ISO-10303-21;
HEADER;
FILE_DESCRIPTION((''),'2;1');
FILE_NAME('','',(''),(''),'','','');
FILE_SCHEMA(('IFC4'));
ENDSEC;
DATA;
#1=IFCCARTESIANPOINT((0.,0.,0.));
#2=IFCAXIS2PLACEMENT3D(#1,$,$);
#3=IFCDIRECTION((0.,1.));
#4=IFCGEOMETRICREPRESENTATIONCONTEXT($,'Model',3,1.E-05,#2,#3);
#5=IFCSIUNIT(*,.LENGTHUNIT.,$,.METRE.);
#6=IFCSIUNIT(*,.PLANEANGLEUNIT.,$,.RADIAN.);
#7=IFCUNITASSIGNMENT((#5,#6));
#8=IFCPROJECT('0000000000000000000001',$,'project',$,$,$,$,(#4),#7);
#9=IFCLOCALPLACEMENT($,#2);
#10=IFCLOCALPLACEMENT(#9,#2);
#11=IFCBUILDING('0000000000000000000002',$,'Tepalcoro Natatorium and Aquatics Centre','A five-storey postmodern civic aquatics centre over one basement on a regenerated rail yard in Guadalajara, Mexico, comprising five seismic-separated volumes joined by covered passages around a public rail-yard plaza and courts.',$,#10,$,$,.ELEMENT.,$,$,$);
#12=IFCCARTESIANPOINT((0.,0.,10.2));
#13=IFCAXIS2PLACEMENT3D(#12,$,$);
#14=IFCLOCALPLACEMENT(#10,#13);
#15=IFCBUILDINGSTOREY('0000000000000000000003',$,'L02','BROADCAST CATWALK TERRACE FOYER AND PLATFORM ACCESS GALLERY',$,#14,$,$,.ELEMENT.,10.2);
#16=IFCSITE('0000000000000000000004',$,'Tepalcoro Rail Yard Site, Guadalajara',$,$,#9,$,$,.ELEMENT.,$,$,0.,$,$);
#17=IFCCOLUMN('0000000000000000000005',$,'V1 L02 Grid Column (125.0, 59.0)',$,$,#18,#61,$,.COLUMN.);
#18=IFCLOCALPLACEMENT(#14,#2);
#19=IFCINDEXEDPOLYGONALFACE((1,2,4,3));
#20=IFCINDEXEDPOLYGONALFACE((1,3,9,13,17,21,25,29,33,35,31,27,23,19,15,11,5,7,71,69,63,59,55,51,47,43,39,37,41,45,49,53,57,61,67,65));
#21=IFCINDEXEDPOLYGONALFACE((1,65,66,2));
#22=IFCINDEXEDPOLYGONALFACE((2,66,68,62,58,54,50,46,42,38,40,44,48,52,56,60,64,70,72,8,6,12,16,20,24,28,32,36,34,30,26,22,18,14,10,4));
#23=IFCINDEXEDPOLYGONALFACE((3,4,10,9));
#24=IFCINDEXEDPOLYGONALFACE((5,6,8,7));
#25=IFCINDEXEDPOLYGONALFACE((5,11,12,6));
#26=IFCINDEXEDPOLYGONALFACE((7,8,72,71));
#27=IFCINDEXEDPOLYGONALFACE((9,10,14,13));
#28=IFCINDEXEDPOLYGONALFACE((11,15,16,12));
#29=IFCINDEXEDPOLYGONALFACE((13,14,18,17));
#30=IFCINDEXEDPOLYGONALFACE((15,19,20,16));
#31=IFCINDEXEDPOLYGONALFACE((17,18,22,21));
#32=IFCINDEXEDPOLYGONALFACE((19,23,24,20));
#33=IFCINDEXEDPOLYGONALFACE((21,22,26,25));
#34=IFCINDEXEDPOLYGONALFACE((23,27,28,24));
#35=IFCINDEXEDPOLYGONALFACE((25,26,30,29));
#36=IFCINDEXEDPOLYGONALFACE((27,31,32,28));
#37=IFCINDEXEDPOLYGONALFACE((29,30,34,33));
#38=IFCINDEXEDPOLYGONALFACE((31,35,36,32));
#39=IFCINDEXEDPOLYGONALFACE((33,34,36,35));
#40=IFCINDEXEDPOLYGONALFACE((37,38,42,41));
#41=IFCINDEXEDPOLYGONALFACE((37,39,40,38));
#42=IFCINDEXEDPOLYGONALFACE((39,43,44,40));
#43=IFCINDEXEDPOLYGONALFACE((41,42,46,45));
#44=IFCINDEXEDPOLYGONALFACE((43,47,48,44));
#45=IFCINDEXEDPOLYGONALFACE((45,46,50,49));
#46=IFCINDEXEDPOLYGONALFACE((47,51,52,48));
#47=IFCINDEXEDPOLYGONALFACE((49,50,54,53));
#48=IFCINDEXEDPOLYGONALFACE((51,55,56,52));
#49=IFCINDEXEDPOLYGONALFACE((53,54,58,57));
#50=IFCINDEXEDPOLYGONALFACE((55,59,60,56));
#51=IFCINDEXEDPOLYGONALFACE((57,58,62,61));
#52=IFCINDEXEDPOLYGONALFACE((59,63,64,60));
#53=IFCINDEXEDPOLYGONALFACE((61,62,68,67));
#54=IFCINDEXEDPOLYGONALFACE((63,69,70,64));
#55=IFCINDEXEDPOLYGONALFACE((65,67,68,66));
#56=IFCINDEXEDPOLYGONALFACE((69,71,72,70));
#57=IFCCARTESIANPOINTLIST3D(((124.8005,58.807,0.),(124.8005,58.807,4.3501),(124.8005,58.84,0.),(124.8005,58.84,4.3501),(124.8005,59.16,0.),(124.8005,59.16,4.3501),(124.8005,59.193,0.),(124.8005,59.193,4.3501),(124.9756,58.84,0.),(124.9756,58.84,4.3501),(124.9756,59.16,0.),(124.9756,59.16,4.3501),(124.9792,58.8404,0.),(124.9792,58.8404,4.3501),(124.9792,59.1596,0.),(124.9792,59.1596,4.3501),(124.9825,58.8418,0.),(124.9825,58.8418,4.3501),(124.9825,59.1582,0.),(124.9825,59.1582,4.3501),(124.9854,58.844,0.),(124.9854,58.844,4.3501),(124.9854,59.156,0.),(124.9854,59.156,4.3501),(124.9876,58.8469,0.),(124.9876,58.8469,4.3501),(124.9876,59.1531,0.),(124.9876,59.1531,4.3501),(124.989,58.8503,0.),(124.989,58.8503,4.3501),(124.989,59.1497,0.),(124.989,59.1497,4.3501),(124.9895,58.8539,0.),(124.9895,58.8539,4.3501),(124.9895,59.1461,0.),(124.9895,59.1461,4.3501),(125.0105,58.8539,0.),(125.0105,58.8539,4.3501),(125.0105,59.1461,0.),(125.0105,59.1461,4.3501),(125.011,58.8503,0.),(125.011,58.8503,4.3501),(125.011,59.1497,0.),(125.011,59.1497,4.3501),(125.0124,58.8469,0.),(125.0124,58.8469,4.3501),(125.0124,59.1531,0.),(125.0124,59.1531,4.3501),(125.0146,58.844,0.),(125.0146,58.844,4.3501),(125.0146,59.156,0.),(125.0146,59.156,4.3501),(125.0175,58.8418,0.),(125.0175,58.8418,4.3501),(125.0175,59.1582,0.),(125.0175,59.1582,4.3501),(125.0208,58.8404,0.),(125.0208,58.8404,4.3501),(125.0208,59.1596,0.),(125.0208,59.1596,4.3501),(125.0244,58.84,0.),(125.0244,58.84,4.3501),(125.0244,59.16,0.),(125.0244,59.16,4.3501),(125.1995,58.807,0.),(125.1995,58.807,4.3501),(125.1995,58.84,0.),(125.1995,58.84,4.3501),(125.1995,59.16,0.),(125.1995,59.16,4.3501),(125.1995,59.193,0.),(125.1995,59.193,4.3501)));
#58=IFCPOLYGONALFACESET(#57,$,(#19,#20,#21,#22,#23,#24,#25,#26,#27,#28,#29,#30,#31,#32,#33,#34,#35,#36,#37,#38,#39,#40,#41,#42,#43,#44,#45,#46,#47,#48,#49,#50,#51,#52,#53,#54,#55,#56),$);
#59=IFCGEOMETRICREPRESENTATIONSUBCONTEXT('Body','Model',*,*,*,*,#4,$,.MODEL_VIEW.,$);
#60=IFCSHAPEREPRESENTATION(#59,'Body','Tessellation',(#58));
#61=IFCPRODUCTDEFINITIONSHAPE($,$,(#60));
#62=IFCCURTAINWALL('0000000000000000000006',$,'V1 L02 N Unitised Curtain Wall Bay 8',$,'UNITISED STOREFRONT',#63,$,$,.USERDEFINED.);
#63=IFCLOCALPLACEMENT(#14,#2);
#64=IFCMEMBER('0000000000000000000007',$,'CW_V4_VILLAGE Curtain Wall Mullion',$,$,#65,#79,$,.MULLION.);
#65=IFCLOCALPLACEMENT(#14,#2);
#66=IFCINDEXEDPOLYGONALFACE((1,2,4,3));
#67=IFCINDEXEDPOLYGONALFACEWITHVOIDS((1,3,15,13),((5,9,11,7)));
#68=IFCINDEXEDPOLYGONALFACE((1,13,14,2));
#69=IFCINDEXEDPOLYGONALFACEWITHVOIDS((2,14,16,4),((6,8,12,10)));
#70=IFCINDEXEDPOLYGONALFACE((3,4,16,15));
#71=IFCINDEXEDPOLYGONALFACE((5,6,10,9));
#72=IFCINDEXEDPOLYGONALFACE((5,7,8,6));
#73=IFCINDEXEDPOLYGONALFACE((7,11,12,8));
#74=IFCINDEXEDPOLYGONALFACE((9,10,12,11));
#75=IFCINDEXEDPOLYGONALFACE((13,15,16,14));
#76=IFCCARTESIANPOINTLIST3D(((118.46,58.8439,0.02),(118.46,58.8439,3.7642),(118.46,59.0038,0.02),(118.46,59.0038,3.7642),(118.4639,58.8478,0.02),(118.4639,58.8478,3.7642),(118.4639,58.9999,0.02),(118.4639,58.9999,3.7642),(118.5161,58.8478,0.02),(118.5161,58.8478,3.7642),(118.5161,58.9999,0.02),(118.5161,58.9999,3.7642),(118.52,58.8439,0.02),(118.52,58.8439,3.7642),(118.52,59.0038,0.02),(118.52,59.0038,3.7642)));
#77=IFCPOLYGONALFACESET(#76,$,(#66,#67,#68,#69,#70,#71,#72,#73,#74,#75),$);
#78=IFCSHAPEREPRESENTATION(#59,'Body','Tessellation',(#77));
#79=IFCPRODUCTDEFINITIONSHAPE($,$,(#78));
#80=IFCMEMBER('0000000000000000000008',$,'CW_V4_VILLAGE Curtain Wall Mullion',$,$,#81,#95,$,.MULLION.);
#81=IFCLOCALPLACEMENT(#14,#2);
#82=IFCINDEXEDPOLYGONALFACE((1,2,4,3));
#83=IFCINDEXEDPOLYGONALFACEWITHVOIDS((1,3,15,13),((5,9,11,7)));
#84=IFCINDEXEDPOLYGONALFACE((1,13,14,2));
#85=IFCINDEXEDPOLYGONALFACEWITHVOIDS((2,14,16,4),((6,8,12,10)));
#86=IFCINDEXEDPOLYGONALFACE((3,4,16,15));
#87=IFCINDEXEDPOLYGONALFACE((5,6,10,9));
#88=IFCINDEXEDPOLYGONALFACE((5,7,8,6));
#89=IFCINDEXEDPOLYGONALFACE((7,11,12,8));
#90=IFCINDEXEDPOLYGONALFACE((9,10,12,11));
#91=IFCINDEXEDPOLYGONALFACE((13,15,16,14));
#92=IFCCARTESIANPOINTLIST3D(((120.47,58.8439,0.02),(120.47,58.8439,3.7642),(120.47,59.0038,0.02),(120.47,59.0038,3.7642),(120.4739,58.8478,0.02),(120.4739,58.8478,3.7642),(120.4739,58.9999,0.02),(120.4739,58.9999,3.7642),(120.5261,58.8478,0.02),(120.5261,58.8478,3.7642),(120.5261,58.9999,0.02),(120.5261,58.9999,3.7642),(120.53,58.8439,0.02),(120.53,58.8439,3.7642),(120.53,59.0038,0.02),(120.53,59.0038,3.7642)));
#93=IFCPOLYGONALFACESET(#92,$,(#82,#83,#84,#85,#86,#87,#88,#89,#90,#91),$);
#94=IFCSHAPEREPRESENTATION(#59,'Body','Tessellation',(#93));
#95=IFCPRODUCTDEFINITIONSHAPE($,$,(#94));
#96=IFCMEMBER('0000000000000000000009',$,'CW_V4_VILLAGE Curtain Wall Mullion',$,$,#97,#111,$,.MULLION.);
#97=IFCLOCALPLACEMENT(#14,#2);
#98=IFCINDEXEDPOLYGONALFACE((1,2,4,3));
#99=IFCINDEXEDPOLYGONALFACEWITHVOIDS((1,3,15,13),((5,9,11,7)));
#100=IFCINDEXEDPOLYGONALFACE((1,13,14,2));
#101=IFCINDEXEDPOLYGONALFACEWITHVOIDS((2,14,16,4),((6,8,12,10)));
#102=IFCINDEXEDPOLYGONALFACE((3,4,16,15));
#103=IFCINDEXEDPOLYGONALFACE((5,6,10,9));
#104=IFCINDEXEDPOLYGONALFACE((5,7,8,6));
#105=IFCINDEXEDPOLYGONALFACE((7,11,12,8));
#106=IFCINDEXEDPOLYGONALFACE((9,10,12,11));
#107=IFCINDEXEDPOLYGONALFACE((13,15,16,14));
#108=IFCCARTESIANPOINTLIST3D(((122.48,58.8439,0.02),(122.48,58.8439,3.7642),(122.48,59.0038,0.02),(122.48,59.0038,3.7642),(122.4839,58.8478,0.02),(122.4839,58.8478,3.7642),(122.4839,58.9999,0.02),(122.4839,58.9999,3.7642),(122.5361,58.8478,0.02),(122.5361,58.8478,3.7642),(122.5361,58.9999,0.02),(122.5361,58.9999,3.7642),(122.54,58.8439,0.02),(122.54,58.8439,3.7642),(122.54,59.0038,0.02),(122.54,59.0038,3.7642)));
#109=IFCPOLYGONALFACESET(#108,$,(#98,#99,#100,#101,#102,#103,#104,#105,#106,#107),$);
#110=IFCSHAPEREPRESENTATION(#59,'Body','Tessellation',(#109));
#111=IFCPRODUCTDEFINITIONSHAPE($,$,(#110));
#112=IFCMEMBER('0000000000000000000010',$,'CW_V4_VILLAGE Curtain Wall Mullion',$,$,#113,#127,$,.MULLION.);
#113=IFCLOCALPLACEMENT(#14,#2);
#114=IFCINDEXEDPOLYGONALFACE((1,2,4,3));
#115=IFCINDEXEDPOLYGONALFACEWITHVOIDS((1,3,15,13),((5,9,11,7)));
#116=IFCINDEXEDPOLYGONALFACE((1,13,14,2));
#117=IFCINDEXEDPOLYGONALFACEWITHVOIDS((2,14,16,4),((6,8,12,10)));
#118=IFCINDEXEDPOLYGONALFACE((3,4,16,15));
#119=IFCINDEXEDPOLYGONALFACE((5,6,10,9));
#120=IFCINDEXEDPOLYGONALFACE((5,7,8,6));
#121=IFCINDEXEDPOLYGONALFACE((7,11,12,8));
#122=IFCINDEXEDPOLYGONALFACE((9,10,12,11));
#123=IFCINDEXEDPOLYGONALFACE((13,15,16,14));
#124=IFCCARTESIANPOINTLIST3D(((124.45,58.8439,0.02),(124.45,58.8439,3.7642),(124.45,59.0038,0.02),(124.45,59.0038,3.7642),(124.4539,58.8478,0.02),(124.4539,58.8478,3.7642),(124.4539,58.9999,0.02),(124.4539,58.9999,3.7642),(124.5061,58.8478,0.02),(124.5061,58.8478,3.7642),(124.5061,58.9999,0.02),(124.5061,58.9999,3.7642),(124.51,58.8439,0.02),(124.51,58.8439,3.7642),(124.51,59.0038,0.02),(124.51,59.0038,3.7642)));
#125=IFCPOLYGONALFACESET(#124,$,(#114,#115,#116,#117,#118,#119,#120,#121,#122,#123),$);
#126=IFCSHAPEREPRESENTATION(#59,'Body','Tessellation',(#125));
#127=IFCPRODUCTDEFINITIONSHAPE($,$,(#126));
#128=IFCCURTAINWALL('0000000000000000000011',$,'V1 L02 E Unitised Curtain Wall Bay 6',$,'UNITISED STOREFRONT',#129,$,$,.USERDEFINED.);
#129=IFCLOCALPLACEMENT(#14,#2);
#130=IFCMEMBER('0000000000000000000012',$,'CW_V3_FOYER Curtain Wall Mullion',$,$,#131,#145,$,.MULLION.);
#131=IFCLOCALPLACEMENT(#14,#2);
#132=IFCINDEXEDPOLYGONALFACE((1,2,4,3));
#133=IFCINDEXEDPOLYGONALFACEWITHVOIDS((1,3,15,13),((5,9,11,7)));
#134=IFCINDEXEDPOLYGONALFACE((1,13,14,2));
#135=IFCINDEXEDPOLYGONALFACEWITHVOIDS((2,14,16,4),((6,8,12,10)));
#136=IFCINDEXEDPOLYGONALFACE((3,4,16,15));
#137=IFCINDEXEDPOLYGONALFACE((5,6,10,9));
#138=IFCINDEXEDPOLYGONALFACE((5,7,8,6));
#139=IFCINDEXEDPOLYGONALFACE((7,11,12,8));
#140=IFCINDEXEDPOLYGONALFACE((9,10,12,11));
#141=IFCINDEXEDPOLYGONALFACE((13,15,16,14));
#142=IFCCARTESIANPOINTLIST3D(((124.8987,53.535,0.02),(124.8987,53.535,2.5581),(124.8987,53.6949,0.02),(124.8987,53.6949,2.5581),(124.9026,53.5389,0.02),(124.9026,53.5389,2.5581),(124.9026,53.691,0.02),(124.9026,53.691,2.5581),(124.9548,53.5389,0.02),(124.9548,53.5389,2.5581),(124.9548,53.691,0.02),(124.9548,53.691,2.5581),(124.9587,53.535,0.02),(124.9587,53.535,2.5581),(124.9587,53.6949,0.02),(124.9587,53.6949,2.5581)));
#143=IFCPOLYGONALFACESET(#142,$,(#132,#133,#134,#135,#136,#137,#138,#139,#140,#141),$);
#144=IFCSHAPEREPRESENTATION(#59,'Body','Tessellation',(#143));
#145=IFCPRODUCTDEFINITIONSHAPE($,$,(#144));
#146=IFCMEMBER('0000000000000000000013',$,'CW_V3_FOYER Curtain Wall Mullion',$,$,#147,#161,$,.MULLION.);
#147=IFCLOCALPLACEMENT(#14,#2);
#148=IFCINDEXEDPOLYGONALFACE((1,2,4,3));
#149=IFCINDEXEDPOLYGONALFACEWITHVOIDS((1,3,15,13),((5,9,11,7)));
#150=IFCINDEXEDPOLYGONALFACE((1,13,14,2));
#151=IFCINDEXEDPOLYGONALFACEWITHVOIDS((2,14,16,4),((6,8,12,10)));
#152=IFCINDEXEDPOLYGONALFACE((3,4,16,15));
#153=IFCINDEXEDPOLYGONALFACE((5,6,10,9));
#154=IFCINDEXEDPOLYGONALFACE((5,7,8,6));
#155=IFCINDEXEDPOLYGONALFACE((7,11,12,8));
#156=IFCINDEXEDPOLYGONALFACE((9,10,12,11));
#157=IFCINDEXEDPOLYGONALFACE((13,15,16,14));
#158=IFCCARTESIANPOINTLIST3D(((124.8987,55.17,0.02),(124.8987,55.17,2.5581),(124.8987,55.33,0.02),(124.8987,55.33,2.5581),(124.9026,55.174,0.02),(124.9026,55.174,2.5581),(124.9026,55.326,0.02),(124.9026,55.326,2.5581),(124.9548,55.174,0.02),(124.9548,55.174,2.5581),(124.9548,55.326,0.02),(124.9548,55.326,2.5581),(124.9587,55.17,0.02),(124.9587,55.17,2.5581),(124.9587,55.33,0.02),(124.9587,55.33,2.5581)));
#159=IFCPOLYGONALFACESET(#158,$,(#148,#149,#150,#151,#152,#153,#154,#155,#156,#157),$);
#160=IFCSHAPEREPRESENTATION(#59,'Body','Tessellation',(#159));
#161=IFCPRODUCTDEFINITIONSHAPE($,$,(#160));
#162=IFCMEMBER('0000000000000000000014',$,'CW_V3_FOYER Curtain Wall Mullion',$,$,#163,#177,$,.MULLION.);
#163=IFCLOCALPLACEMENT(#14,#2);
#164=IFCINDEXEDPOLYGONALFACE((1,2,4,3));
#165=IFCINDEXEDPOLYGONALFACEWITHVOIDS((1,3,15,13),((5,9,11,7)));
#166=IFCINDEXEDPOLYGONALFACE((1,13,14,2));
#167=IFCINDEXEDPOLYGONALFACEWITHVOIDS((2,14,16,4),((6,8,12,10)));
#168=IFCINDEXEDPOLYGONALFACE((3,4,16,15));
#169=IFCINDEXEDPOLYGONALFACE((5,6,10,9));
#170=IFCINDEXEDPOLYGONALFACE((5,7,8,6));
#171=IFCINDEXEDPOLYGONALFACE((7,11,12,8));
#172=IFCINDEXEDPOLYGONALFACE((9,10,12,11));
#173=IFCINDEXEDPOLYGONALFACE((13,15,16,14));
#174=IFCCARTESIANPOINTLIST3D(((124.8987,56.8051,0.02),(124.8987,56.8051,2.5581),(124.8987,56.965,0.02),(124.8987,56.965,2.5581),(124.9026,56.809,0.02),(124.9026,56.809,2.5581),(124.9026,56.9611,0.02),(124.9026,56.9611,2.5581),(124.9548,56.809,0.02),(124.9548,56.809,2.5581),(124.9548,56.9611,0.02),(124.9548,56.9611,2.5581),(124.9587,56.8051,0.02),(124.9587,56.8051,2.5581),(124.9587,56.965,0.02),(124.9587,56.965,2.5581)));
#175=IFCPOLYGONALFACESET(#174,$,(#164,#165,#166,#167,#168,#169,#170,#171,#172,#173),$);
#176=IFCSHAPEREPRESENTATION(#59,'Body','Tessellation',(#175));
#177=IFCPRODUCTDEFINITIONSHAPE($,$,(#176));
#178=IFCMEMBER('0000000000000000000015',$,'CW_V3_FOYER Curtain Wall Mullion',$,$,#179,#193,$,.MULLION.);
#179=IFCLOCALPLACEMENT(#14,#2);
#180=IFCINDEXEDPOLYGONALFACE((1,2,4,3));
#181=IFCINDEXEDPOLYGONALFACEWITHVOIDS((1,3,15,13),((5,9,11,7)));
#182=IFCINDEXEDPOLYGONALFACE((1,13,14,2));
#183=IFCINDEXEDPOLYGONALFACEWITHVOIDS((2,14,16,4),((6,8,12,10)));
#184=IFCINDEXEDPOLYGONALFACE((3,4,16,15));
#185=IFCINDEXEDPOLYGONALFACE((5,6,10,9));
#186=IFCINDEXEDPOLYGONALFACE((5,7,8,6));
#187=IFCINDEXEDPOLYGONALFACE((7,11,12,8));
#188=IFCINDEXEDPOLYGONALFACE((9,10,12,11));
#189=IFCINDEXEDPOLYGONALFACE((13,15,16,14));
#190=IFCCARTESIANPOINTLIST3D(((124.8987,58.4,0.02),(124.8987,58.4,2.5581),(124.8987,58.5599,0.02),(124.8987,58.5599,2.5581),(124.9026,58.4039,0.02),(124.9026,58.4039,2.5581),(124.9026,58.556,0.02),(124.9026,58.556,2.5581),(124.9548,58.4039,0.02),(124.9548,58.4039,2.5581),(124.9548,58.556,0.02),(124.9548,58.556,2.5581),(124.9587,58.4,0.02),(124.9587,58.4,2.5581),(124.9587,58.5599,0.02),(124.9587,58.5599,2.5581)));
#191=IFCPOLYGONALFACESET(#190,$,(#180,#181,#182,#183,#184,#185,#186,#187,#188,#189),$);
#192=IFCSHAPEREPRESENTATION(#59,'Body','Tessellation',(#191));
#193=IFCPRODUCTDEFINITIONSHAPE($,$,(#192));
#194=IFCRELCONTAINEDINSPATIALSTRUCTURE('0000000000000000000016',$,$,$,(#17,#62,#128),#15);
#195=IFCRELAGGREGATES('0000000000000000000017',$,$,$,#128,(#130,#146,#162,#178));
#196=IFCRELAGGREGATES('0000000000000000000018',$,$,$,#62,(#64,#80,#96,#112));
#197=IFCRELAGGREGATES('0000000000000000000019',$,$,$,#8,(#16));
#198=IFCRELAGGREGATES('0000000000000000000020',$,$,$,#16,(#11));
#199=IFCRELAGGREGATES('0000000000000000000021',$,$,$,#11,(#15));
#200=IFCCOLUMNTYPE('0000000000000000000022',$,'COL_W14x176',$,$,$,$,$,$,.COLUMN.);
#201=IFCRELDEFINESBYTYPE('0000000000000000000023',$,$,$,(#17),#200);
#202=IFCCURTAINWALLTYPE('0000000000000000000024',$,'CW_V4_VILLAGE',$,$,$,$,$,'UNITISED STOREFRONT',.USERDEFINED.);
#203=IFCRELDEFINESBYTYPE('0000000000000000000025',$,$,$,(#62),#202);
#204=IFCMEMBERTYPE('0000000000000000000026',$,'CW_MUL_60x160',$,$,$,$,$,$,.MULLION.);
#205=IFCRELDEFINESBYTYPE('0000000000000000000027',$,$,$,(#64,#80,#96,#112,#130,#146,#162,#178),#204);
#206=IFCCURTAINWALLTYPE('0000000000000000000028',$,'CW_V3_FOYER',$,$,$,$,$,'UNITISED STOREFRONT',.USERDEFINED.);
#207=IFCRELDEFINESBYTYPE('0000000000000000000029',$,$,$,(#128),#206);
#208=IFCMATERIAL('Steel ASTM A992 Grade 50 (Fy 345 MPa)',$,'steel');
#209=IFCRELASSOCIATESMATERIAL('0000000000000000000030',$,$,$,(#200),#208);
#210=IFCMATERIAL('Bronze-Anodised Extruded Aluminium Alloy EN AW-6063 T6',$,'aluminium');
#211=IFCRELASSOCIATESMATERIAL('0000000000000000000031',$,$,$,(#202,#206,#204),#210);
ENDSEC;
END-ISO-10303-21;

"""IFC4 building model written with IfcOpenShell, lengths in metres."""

from ifc_helpers import new_model, si_unit, direction, frame, origin, origin_2d, place, context, subcontext, project, spatial, hollow_rectangle, i_section, extrude, material, material_profile, profile_set, type_object, element, aggregate, save


model = new_model("IFC4")

# Units and contexts
model_context = context("Model", 3, precision=1e-05, world=origin(), true_north=direction((0.0, 1.0)))
body_context = subcontext(model_context, "Body", "Model", "MODEL_VIEW")
ifc_project = project(units=[si_unit("LENGTHUNIT", "METRE"), si_unit("PLANEANGLEUNIT", "RADIAN")], contexts=[model_context])

# Site, building, storey
site_placement = place(None, origin())
site = spatial("IfcSite", under=ifc_project, at=site_placement, Name="Tepalcoro Rail Yard Site, Guadalajara", CompositionType="ELEMENT", RefElevation=0.0)
building_placement = place(site_placement, origin())
building = spatial("IfcBuilding", under=site, at=building_placement, Name="Tepalcoro Natatorium and Aquatics Centre", Description="A five-storey postmodern civic aquatics centre over one basement on a regenerated rail yard in Guadalajara, Mexico, comprising five seismic-separated volumes joined by covered passages around a public rail-yard plaza and courts.", CompositionType="ELEMENT")
storey_placement = place(building_placement, frame((0.0, 0.0, 10.2)))
storey = spatial("IfcBuildingStorey", under=building, at=storey_placement, Name="L02", Description="BROADCAST CATWALK TERRACE FOYER AND PLATFORM ACCESS GALLERY", CompositionType="ELEMENT", Elevation=10.2)

# Column
ifc_material_1 = material(Name="Steel ASTM A992 Grade 50 (Fy 345 MPa)", Category="steel")
ifc_material_profile_1 = material_profile(ifc_material_1, i_section(OverallWidth=0.3989, OverallDepth=0.386, WebThickness=0.021, FlangeThickness=0.033, FilletRadius=0.0139, at=origin_2d()), Name="W14X176")
ifc_profile_set_1 = profile_set([ifc_material_profile_1], Name="Steel ASTM A992 Grade 50 (Fy 345 MPa)")
column_type = type_object("IfcColumnType", Name="COL_W14x176", PredefinedType="COLUMN", material=ifc_profile_set_1)
column_placement = place(storey_placement, frame((125.0, 59.0, 0.0), z_axis=(0.0, 0.0, 1.0), x_axis=(1.0, 0.0, 0.0)))
element("IfcColumn", 1, at=column_placement, inside=storey, type_object=column_type, Name="V1 L02 Grid Column (125.0, 59.0)", PredefinedType="COLUMN", context=body_context, shape_type="SweptSolid", body=[
    extrude(i_section(OverallWidth=0.3989, OverallDepth=0.386, WebThickness=0.021, FlangeThickness=0.033, FilletRadius=0.0139, at=origin_2d()), origin(), (0.0, 0.0, 1.0), 4.3501),
])

# Curtain walls, members
ifc_material_2 = material(Name="Bronze-Anodised Extruded Aluminium Alloy EN AW-6063 T6", Category="aluminium")
curtain_wall_type_1 = type_object("IfcCurtainWallType", Name="CW_V4_VILLAGE", ElementType="UNITISED STOREFRONT", PredefinedType="USERDEFINED", material=ifc_material_2)
curtain_wall_1_placement = place(storey_placement, origin())
curtain_wall_1 = element("IfcCurtainWall", 2, at=curtain_wall_1_placement, inside=storey, type_object=curtain_wall_type_1, Name="V1 L02 N Unitised Curtain Wall Bay 8", ObjectType="UNITISED STOREFRONT", PredefinedType="USERDEFINED")
ifc_material_profile_2 = material_profile(ifc_material_2, hollow_rectangle(XDim=0.0601, YDim=0.1599, WallThickness=0.0039, at=origin_2d()), Name="AL60X160X4")
ifc_profile_set_2 = profile_set([ifc_material_profile_2], Name="Bronze-Anodised Extruded Aluminium Alloy EN AW-6063 T6")
member_type_1 = type_object("IfcMemberType", Name="CW_MUL_60x160", PredefinedType="MULLION", material=ifc_profile_set_2)
member_1_placement = place(storey_placement, frame((118.49, 58.9238, 0.02), z_axis=(0.0, 0.0, 1.0), x_axis=(1.0, 0.0, 0.0)))
member_1 = element("IfcMember", 3, at=member_1_placement, type_object=member_type_1, Name="CW_V4_VILLAGE Curtain Wall Mullion", PredefinedType="MULLION", context=body_context, shape_type="SweptSolid", body=[
    extrude(hollow_rectangle(XDim=0.0601, YDim=0.1599, WallThickness=0.0039, at=origin_2d()), origin(), (0.0, 0.0, 1.0), 3.7441),
])
member_2_placement = place(storey_placement, frame((120.5, 58.9238, 0.02), z_axis=(0.0, 0.0, 1.0), x_axis=(1.0, 0.0, 0.0)))
member_2 = element("IfcMember", 4, at=member_2_placement, type_object=member_type_1, Name="CW_V4_VILLAGE Curtain Wall Mullion", PredefinedType="MULLION", context=body_context, shape_type="SweptSolid", body=[
    extrude(hollow_rectangle(XDim=0.0601, YDim=0.1599, WallThickness=0.0039, at=origin_2d()), origin(), (0.0, 0.0, 1.0), 3.7441),
])
member_3_placement = place(storey_placement, frame((122.51, 58.9238, 0.02), z_axis=(0.0, 0.0, 1.0), x_axis=(1.0, 0.0, 0.0)))
member_3 = element("IfcMember", 5, at=member_3_placement, type_object=member_type_1, Name="CW_V4_VILLAGE Curtain Wall Mullion", PredefinedType="MULLION", context=body_context, shape_type="SweptSolid", body=[
    extrude(hollow_rectangle(XDim=0.0601, YDim=0.1599, WallThickness=0.0039, at=origin_2d()), origin(), (0.0, 0.0, 1.0), 3.7441),
])
member_4_placement = place(storey_placement, frame((124.48, 58.9238, 0.02), z_axis=(0.0, 0.0, 1.0), x_axis=(1.0, 0.0, 0.0)))
member_4 = element("IfcMember", 6, at=member_4_placement, type_object=member_type_1, Name="CW_V4_VILLAGE Curtain Wall Mullion", PredefinedType="MULLION", context=body_context, shape_type="SweptSolid", body=[
    extrude(hollow_rectangle(XDim=0.0601, YDim=0.1599, WallThickness=0.0039, at=origin_2d()), origin(), (0.0, 0.0, 1.0), 3.7441),
])
curtain_wall_type_2 = type_object("IfcCurtainWallType", Name="CW_V3_FOYER", ElementType="UNITISED STOREFRONT", PredefinedType="USERDEFINED", material=ifc_material_2)
curtain_wall_2_placement = place(storey_placement, origin())
curtain_wall_2 = element("IfcCurtainWall", 7, at=curtain_wall_2_placement, inside=storey, type_object=curtain_wall_type_2, Name="V1 L02 E Unitised Curtain Wall Bay 6", ObjectType="UNITISED STOREFRONT", PredefinedType="USERDEFINED")
member_5_placement = place(storey_placement, frame((124.9287, 53.615, 0.02), z_axis=(0.0, 0.0, 1.0), x_axis=(1.0, 0.0, 0.0)))
member_5 = element("IfcMember", 8, at=member_5_placement, type_object=member_type_1, Name="CW_V3_FOYER Curtain Wall Mullion", PredefinedType="MULLION", context=body_context, shape_type="SweptSolid", body=[
    extrude(hollow_rectangle(XDim=0.0601, YDim=0.1599, WallThickness=0.0039, at=origin_2d()), origin(), (0.0, 0.0, 1.0), 2.5381),
])
member_6_placement = place(storey_placement, frame((124.9287, 55.25, 0.02), z_axis=(0.0, 0.0, 1.0), x_axis=(1.0, 0.0, 0.0)))
member_6 = element("IfcMember", 9, at=member_6_placement, type_object=member_type_1, Name="CW_V3_FOYER Curtain Wall Mullion", PredefinedType="MULLION", context=body_context, shape_type="SweptSolid", body=[
    extrude(hollow_rectangle(XDim=0.0601, YDim=0.1599, WallThickness=0.0039, at=origin_2d()), origin(), (0.0, 0.0, 1.0), 2.5381),
])
member_7_placement = place(storey_placement, frame((124.9287, 56.885, 0.02), z_axis=(0.0, 0.0, 1.0), x_axis=(1.0, 0.0, 0.0)))
member_7 = element("IfcMember", 10, at=member_7_placement, type_object=member_type_1, Name="CW_V3_FOYER Curtain Wall Mullion", PredefinedType="MULLION", context=body_context, shape_type="SweptSolid", body=[
    extrude(hollow_rectangle(XDim=0.0601, YDim=0.1599, WallThickness=0.0039, at=origin_2d()), origin(), (0.0, 0.0, 1.0), 2.5381),
])
member_8_placement = place(storey_placement, frame((124.9287, 58.48, 0.02), z_axis=(0.0, 0.0, 1.0), x_axis=(1.0, 0.0, 0.0)))
member_8 = element("IfcMember", 11, at=member_8_placement, type_object=member_type_1, Name="CW_V3_FOYER Curtain Wall Mullion", PredefinedType="MULLION", context=body_context, shape_type="SweptSolid", body=[
    extrude(hollow_rectangle(XDim=0.0601, YDim=0.1599, WallThickness=0.0039, at=origin_2d()), origin(), (0.0, 0.0, 1.0), 2.5381),
])

aggregate(curtain_wall_2, [member_5, member_6, member_7, member_8])
aggregate(curtain_wall_1, [member_1, member_2, member_3, member_4])

save(model, "model.ifc")
